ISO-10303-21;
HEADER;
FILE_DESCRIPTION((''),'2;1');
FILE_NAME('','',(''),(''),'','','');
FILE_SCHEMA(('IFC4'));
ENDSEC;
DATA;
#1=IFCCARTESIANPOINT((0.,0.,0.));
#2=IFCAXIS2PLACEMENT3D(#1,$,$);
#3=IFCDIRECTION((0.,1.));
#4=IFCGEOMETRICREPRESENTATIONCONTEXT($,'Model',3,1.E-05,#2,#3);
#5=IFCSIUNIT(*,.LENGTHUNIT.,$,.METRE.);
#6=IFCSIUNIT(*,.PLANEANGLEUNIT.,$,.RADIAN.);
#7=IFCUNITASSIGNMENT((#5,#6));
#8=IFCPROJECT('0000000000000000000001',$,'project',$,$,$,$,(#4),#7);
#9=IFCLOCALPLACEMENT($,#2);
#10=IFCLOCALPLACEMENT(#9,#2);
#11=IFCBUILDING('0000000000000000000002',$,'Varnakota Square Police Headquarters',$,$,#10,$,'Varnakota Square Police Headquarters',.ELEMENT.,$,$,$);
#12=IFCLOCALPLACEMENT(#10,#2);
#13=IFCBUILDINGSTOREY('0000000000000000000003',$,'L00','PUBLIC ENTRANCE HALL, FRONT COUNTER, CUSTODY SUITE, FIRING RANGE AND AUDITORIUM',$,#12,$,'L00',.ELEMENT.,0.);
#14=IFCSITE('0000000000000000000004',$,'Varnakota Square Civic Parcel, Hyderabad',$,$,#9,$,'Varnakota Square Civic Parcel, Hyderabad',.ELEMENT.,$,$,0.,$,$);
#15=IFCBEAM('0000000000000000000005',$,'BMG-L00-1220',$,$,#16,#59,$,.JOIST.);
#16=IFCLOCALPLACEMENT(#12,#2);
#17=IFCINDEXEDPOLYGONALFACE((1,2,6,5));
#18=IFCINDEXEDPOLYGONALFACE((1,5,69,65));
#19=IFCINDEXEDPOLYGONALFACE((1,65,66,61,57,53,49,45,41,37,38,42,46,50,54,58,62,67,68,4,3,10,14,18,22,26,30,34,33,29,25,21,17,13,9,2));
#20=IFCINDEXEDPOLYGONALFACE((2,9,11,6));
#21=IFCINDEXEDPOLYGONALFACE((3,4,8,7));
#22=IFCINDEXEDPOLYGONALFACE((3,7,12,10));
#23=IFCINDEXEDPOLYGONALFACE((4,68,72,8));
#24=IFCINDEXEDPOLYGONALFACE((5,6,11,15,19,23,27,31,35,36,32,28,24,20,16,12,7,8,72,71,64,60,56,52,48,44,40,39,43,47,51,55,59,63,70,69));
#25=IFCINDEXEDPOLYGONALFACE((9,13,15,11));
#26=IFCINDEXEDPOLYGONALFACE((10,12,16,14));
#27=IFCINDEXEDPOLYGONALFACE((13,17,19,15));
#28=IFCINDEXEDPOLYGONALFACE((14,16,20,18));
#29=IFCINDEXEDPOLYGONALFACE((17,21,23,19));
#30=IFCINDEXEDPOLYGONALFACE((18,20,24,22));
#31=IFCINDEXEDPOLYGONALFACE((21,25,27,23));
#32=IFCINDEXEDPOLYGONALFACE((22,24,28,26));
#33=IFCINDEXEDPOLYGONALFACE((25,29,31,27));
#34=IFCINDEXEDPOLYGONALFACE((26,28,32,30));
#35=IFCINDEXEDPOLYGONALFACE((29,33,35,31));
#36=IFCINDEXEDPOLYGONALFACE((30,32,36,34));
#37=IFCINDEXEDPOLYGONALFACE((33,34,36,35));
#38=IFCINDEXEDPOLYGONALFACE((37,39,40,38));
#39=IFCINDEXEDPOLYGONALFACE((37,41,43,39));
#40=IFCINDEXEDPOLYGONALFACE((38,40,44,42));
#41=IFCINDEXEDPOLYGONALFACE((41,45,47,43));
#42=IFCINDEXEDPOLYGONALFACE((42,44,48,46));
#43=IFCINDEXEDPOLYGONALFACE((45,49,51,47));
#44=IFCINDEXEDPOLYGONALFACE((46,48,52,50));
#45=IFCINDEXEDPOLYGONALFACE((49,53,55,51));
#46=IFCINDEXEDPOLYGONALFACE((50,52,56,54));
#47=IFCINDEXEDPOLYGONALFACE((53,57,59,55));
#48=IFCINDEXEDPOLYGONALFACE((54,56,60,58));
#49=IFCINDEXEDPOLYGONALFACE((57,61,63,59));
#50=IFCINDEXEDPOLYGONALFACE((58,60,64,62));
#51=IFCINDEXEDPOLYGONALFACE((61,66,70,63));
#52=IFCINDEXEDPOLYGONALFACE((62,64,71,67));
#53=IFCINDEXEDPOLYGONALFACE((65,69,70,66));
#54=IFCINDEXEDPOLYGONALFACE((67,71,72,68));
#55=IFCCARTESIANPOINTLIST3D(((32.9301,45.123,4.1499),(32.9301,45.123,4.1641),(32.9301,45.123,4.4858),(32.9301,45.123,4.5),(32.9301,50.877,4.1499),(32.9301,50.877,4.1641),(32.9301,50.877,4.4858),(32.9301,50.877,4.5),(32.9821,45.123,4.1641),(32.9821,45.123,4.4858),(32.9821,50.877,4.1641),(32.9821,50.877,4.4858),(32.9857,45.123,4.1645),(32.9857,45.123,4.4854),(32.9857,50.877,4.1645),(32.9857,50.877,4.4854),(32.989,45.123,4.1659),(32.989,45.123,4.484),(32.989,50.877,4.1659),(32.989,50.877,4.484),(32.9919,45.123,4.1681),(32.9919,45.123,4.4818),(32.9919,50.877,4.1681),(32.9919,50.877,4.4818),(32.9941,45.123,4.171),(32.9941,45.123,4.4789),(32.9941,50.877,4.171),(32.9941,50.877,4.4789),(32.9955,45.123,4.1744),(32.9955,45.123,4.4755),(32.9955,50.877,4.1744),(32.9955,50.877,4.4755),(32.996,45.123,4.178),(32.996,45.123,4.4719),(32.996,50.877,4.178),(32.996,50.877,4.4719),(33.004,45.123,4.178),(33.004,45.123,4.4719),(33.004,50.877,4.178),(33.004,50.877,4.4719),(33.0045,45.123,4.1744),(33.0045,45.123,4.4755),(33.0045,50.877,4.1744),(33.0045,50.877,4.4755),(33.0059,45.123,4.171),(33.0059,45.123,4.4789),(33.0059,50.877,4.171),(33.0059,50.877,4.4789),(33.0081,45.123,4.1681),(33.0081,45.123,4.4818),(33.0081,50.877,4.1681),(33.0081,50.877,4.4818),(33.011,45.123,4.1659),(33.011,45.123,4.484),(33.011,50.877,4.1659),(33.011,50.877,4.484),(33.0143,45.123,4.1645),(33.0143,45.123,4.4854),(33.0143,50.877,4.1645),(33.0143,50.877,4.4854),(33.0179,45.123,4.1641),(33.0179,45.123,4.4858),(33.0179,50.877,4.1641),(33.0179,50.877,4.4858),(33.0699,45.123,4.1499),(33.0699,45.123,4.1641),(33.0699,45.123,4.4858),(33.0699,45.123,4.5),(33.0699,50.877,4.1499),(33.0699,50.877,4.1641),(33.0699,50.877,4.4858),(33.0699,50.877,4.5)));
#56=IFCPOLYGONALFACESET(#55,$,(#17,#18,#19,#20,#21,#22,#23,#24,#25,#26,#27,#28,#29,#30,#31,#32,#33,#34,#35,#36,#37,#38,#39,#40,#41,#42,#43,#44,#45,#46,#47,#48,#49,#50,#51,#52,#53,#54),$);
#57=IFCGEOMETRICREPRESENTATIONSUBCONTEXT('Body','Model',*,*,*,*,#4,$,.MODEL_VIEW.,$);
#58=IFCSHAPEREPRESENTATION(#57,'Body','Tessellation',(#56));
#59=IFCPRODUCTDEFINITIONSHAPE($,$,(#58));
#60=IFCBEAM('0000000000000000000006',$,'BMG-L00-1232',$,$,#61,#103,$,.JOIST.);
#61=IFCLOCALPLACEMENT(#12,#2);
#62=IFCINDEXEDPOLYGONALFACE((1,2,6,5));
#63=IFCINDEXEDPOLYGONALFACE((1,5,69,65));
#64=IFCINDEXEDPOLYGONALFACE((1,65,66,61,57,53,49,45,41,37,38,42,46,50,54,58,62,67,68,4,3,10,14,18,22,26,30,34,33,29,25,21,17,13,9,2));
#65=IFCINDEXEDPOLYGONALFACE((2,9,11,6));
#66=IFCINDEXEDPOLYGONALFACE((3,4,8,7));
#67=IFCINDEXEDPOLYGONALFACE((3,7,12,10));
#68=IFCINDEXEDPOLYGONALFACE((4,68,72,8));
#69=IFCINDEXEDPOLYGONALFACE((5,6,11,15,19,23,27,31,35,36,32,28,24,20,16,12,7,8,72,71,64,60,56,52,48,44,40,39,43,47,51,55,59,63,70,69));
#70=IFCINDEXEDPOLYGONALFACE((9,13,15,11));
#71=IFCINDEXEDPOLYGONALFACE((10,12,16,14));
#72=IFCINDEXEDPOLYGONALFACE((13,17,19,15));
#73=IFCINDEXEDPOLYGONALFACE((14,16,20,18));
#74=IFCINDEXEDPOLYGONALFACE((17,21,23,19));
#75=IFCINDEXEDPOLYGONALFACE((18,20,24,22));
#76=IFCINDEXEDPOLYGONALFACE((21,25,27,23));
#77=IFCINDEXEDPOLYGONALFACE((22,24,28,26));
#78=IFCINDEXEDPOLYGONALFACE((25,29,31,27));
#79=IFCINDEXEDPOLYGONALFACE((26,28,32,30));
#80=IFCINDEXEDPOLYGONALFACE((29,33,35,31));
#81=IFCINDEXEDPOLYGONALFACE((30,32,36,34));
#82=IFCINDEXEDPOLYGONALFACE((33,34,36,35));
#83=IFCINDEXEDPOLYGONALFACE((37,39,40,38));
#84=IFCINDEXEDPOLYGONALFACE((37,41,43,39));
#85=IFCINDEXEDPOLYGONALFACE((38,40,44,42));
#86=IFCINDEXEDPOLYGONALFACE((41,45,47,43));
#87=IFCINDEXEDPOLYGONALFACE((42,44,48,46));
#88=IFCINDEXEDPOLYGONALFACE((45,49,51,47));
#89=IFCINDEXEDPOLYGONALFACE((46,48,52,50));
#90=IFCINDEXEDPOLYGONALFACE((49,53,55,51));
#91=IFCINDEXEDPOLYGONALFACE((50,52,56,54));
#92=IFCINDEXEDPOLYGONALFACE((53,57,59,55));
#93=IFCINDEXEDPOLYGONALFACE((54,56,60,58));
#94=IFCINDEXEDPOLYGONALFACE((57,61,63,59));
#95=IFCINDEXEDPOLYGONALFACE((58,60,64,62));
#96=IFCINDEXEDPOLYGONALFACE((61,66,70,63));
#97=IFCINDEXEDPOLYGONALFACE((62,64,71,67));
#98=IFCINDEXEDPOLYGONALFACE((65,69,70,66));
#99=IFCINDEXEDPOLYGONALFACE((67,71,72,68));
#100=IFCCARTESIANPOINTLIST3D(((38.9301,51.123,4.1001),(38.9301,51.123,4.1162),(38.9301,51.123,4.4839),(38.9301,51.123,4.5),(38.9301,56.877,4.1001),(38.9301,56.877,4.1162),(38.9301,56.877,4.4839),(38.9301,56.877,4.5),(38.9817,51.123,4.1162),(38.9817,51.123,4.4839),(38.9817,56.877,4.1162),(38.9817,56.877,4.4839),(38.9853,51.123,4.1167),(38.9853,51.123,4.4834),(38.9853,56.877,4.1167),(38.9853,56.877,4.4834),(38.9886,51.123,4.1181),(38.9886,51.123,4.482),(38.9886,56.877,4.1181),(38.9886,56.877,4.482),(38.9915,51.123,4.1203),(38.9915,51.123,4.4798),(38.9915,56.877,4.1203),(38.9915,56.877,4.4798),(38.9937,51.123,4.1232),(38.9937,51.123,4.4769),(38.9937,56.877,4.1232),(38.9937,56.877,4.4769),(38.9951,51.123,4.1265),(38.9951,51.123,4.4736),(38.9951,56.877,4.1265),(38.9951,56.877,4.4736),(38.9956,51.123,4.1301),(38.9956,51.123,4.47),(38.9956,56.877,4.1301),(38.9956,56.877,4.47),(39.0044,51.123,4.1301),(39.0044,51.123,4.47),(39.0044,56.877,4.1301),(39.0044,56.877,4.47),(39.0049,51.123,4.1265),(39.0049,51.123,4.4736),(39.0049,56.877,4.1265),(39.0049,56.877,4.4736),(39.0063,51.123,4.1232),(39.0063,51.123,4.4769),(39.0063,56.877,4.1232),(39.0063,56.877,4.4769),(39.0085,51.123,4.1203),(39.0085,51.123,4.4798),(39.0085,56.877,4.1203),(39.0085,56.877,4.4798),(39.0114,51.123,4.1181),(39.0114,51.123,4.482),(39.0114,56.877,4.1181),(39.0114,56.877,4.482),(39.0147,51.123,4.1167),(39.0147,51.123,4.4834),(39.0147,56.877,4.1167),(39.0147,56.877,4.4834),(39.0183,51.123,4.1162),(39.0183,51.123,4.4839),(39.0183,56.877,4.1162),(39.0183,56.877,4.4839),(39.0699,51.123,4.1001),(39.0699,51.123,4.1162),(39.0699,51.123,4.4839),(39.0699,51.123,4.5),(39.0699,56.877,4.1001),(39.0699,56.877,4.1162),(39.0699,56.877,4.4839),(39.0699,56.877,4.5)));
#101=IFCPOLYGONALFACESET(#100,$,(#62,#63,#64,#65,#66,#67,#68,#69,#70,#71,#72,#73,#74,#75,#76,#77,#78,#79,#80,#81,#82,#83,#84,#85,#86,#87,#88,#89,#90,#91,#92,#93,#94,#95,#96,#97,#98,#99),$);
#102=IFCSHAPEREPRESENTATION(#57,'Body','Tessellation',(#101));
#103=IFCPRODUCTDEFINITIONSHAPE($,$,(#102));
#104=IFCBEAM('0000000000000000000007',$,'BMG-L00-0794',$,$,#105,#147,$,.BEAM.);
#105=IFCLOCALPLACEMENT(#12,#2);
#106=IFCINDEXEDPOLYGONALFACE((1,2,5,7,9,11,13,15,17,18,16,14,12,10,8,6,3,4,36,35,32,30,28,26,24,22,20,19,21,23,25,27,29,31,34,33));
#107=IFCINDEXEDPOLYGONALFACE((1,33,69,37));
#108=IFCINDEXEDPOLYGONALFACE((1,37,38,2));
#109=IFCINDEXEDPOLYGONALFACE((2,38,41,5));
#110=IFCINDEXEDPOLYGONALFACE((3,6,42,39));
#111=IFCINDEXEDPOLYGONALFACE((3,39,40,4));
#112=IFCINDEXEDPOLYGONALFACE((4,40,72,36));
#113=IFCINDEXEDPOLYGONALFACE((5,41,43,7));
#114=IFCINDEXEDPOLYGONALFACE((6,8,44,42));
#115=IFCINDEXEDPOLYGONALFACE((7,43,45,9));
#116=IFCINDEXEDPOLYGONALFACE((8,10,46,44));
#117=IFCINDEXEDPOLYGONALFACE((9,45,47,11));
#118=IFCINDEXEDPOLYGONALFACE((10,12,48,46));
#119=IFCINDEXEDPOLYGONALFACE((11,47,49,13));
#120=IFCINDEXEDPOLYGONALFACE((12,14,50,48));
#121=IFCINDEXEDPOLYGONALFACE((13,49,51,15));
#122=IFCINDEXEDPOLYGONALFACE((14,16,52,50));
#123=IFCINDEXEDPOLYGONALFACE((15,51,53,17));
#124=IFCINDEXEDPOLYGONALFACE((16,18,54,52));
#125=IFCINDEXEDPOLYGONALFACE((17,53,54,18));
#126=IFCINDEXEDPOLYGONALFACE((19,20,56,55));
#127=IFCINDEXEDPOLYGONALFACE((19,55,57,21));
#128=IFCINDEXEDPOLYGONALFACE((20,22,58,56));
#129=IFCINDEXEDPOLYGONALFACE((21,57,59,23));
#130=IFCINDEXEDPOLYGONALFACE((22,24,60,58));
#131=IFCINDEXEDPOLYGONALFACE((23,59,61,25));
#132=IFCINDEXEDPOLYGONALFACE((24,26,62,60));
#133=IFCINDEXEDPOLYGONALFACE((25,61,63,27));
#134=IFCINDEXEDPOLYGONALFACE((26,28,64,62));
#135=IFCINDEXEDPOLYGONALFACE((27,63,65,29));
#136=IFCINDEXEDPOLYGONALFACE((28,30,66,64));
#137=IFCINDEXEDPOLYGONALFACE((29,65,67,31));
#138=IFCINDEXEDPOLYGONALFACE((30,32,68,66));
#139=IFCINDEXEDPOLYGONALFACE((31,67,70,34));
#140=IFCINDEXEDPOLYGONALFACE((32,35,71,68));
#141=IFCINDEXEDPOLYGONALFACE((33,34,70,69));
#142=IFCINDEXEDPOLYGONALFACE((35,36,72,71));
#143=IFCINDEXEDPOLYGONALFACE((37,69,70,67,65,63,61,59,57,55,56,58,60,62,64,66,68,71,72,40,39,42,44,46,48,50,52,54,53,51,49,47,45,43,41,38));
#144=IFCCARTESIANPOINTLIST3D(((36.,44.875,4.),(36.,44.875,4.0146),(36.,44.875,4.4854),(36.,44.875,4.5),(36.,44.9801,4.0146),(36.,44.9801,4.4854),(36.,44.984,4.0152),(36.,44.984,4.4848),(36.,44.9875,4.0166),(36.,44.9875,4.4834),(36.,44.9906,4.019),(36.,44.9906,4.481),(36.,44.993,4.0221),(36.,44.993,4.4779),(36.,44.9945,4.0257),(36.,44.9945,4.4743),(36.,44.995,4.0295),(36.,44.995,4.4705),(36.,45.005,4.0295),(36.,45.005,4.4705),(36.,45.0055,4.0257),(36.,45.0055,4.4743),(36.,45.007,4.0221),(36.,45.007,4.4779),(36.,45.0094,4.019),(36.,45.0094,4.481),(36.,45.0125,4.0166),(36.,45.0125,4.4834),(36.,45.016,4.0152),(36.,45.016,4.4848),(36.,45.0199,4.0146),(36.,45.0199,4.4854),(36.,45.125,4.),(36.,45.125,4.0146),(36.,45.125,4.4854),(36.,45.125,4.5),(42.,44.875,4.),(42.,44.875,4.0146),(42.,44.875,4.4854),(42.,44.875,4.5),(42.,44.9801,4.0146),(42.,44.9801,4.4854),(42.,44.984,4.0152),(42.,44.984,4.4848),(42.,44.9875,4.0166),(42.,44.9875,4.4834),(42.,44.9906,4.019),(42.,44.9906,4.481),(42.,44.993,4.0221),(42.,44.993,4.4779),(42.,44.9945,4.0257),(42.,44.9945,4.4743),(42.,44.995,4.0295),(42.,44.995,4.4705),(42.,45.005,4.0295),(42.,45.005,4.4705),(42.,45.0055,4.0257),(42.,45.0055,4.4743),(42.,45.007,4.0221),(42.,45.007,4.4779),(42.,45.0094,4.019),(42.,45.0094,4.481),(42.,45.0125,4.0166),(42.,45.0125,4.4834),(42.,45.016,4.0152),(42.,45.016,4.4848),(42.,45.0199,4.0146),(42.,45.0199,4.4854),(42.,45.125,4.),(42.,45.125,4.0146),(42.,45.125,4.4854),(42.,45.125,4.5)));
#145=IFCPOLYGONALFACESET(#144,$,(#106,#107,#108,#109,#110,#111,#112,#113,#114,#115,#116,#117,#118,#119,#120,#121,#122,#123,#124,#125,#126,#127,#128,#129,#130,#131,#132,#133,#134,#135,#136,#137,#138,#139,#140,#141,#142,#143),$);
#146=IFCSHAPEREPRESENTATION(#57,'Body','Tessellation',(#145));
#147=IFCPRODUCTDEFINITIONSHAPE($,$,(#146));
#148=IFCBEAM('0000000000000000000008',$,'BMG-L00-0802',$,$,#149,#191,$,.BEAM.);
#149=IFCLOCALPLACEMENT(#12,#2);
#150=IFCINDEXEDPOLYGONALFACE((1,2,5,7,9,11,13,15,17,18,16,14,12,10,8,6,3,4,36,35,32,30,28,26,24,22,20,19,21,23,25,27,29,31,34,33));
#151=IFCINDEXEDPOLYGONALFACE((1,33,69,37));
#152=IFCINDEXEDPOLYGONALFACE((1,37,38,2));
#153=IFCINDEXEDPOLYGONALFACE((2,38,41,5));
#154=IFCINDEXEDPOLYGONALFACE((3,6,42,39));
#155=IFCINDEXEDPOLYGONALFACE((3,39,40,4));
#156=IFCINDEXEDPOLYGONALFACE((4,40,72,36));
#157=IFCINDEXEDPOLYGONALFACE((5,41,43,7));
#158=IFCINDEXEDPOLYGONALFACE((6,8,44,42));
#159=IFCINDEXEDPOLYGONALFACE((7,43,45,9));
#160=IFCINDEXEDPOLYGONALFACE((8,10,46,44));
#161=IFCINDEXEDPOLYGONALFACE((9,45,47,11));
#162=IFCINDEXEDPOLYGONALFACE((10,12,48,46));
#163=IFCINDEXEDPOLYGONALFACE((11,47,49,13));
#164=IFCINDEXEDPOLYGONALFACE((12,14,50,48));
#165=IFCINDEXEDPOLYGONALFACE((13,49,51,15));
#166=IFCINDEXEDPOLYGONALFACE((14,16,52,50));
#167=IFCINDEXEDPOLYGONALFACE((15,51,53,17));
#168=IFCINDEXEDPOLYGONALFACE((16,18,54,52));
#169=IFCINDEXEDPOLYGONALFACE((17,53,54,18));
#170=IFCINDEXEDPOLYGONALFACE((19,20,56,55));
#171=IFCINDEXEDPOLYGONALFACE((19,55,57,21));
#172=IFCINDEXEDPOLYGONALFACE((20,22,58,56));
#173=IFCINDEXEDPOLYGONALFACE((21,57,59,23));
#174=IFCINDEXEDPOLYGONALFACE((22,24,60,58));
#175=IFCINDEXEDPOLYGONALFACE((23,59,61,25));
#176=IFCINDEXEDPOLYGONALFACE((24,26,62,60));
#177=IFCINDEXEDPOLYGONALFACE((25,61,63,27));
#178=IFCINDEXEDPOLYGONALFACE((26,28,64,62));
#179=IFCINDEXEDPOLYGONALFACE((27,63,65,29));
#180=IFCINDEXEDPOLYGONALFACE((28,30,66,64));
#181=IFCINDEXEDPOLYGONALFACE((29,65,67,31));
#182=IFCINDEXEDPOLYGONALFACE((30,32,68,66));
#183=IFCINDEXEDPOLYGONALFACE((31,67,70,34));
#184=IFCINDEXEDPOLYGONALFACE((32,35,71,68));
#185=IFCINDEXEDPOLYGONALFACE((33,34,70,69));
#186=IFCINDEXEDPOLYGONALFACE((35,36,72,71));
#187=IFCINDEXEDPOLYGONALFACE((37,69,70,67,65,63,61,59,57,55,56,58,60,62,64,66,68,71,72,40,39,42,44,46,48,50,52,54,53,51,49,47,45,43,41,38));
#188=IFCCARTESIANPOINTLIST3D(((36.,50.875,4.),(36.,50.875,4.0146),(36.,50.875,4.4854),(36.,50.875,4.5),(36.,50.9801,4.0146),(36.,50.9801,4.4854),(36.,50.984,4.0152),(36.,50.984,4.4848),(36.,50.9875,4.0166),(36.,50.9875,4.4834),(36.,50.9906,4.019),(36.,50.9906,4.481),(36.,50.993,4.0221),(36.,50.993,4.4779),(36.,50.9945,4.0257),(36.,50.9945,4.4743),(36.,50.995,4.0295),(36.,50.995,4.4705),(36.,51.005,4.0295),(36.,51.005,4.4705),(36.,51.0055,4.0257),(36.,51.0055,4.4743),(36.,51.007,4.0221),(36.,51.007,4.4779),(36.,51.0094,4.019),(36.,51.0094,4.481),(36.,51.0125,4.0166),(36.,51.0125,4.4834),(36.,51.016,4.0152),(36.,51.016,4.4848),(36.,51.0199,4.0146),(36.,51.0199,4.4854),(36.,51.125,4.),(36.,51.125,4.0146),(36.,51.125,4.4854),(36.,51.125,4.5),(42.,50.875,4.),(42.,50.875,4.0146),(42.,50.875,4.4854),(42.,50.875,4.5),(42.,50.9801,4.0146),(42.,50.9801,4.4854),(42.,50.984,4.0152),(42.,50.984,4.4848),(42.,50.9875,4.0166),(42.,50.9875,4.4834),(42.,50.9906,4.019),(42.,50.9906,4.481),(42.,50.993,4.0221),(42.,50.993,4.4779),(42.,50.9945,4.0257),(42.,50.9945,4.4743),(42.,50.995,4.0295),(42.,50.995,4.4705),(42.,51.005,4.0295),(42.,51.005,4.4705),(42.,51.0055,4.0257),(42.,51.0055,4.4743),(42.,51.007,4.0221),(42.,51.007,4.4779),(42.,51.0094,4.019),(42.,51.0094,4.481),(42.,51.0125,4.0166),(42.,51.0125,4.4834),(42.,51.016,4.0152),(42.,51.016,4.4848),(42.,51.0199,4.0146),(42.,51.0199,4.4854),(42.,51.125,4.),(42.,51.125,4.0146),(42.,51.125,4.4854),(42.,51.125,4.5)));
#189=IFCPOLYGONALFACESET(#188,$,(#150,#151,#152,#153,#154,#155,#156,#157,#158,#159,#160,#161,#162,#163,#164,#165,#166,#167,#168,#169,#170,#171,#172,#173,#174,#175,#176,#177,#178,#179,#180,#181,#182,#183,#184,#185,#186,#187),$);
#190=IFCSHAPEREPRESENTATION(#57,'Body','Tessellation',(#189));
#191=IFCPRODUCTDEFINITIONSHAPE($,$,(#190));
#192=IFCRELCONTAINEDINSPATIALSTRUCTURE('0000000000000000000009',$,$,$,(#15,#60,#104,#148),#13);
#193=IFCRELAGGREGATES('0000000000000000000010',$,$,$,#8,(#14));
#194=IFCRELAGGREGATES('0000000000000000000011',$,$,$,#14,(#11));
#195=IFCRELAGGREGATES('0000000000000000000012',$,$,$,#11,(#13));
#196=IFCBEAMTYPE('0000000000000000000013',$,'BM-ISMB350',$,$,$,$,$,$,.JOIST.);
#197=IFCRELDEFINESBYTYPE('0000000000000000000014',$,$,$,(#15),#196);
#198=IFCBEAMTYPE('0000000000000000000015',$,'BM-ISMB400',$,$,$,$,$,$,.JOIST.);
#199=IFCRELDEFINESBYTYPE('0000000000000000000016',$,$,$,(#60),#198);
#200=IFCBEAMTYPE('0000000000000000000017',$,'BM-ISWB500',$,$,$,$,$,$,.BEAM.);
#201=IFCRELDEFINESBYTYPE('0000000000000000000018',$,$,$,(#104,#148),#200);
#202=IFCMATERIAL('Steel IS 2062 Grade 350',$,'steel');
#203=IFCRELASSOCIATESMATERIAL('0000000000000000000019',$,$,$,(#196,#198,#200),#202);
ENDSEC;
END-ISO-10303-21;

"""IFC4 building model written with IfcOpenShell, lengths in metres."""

from ifc_helpers import new_model, si_unit, direction, frame, origin, origin_2d, place, context, subcontext, project, spatial, i_section, extrude, material, material_profile, profile_set, type_object, element, save


model = new_model("IFC4")

# Units and contexts
model_context = context("Model", 3, precision=1e-05, world=origin(), true_north=direction((0.0, 1.0)))
body_context = subcontext(model_context, "Body", "Model", "MODEL_VIEW")
ifc_project = project(units=[si_unit("LENGTHUNIT", "METRE"), si_unit("PLANEANGLEUNIT", "RADIAN")], contexts=[model_context])

# Site, building, storey
site_placement = place(None, origin())
site = spatial("IfcSite", under=ifc_project, at=site_placement, Name="Varnakota Square Civic Parcel, Hyderabad", LongName="Varnakota Square Civic Parcel, Hyderabad", CompositionType="ELEMENT", RefElevation=0.0)
building_placement = place(site_placement, origin())
building = spatial("IfcBuilding", under=site, at=building_placement, Name="Varnakota Square Police Headquarters", LongName="Varnakota Square Police Headquarters", CompositionType="ELEMENT")
storey_placement = place(building_placement, origin())
storey = spatial("IfcBuildingStorey", under=building, at=storey_placement, Name="L00", Description="PUBLIC ENTRANCE HALL, FRONT COUNTER, CUSTODY SUITE, FIRING RANGE AND AUDITORIUM", LongName="L00", CompositionType="ELEMENT", Elevation=0.0)

# Beams
ifc_material_1 = material(Name="Steel IS 2062 Grade 350", Category="steel")
ifc_material_profile_1 = material_profile(ifc_material_1, i_section(OverallWidth=0.1399, OverallDepth=0.3501, WebThickness=0.0081, FlangeThickness=0.0142, FilletRadius=0.0139, at=origin_2d()), Name="ISMB 350")
ifc_profile_set_1 = profile_set([ifc_material_profile_1], Name="Steel IS 2062 Grade 350")
beam_type_1 = type_object("IfcBeamType", Name="BM-ISMB350", PredefinedType="JOIST", material=ifc_profile_set_1)
beam_1_placement = place(storey_placement, frame((33.0, 45.123, 4.325), z_axis=(0.0, 1.0, 0.0), x_axis=(-1.0, 0.0, 0.0)))
element("IfcBeam", 1, at=beam_1_placement, inside=storey, type_object=beam_type_1, Name="BMG-L00-1220", PredefinedType="JOIST", context=body_context, shape_type="SweptSolid", body=[
    extrude(i_section(OverallWidth=0.1399, OverallDepth=0.3501, WebThickness=0.0081, FlangeThickness=0.0142, FilletRadius=0.0139, at=origin_2d()), origin(), (0.0, 0.0, 1.0), 5.7539),
])
ifc_material_profile_2 = material_profile(ifc_material_1, i_section(OverallWidth=0.1399, OverallDepth=0.3999, WebThickness=0.0088, FlangeThickness=0.0161, FilletRadius=0.0139, at=origin_2d()), Name="ISMB 400")
ifc_profile_set_2 = profile_set([ifc_material_profile_2], Name="Steel IS 2062 Grade 350")
beam_type_2 = type_object("IfcBeamType", Name="BM-ISMB400", PredefinedType="JOIST", material=ifc_profile_set_2)
beam_2_placement = place(storey_placement, frame((39.0, 51.123, 4.3), z_axis=(0.0, 1.0, 0.0), x_axis=(-1.0, 0.0, 0.0)))
element("IfcBeam", 2, at=beam_2_placement, inside=storey, type_object=beam_type_2, Name="BMG-L00-1232", PredefinedType="JOIST", context=body_context, shape_type="SweptSolid", body=[
    extrude(i_section(OverallWidth=0.1399, OverallDepth=0.3999, WebThickness=0.0088, FlangeThickness=0.0161, FilletRadius=0.0139, at=origin_2d()), origin(), (0.0, 0.0, 1.0), 5.7539),
])
ifc_material_profile_3 = material_profile(ifc_material_1, i_section(OverallWidth=0.25, OverallDepth=0.5, WebThickness=0.01, FlangeThickness=0.0146, FilletRadius=0.0149, at=origin_2d()), Name="ISWB 500")
ifc_profile_set_3 = profile_set([ifc_material_profile_3], Name="Steel IS 2062 Grade 350")
beam_type_3 = type_object("IfcBeamType", Name="BM-ISWB500", PredefinedType="BEAM", material=ifc_profile_set_3)
for number, where, z_axis, x_axis, name in (
    (3, (36.0, 45.0, 4.25), (1.0, 0.0, 0.0), (0.0, 1.0, 0.0), "BMG-L00-0794"),
    (4, (36.0, 51.0, 4.25), (1.0, 0.0, 0.0), (0.0, 1.0, 0.0), "BMG-L00-0802"),
):
    element("IfcBeam", number, at=place(storey_placement, frame(where, z_axis=z_axis, x_axis=x_axis)), inside=storey, type_object=beam_type_3, Name=name, PredefinedType="BEAM", context=body_context, shape_type="SweptSolid", body=[
        extrude(i_section(OverallWidth=0.25, OverallDepth=0.5, WebThickness=0.01, FlangeThickness=0.0146, FilletRadius=0.0149, at=origin_2d()), origin(), (0.0, 0.0, 1.0), 6.0),
    ])

save(model, "model.ifc")
